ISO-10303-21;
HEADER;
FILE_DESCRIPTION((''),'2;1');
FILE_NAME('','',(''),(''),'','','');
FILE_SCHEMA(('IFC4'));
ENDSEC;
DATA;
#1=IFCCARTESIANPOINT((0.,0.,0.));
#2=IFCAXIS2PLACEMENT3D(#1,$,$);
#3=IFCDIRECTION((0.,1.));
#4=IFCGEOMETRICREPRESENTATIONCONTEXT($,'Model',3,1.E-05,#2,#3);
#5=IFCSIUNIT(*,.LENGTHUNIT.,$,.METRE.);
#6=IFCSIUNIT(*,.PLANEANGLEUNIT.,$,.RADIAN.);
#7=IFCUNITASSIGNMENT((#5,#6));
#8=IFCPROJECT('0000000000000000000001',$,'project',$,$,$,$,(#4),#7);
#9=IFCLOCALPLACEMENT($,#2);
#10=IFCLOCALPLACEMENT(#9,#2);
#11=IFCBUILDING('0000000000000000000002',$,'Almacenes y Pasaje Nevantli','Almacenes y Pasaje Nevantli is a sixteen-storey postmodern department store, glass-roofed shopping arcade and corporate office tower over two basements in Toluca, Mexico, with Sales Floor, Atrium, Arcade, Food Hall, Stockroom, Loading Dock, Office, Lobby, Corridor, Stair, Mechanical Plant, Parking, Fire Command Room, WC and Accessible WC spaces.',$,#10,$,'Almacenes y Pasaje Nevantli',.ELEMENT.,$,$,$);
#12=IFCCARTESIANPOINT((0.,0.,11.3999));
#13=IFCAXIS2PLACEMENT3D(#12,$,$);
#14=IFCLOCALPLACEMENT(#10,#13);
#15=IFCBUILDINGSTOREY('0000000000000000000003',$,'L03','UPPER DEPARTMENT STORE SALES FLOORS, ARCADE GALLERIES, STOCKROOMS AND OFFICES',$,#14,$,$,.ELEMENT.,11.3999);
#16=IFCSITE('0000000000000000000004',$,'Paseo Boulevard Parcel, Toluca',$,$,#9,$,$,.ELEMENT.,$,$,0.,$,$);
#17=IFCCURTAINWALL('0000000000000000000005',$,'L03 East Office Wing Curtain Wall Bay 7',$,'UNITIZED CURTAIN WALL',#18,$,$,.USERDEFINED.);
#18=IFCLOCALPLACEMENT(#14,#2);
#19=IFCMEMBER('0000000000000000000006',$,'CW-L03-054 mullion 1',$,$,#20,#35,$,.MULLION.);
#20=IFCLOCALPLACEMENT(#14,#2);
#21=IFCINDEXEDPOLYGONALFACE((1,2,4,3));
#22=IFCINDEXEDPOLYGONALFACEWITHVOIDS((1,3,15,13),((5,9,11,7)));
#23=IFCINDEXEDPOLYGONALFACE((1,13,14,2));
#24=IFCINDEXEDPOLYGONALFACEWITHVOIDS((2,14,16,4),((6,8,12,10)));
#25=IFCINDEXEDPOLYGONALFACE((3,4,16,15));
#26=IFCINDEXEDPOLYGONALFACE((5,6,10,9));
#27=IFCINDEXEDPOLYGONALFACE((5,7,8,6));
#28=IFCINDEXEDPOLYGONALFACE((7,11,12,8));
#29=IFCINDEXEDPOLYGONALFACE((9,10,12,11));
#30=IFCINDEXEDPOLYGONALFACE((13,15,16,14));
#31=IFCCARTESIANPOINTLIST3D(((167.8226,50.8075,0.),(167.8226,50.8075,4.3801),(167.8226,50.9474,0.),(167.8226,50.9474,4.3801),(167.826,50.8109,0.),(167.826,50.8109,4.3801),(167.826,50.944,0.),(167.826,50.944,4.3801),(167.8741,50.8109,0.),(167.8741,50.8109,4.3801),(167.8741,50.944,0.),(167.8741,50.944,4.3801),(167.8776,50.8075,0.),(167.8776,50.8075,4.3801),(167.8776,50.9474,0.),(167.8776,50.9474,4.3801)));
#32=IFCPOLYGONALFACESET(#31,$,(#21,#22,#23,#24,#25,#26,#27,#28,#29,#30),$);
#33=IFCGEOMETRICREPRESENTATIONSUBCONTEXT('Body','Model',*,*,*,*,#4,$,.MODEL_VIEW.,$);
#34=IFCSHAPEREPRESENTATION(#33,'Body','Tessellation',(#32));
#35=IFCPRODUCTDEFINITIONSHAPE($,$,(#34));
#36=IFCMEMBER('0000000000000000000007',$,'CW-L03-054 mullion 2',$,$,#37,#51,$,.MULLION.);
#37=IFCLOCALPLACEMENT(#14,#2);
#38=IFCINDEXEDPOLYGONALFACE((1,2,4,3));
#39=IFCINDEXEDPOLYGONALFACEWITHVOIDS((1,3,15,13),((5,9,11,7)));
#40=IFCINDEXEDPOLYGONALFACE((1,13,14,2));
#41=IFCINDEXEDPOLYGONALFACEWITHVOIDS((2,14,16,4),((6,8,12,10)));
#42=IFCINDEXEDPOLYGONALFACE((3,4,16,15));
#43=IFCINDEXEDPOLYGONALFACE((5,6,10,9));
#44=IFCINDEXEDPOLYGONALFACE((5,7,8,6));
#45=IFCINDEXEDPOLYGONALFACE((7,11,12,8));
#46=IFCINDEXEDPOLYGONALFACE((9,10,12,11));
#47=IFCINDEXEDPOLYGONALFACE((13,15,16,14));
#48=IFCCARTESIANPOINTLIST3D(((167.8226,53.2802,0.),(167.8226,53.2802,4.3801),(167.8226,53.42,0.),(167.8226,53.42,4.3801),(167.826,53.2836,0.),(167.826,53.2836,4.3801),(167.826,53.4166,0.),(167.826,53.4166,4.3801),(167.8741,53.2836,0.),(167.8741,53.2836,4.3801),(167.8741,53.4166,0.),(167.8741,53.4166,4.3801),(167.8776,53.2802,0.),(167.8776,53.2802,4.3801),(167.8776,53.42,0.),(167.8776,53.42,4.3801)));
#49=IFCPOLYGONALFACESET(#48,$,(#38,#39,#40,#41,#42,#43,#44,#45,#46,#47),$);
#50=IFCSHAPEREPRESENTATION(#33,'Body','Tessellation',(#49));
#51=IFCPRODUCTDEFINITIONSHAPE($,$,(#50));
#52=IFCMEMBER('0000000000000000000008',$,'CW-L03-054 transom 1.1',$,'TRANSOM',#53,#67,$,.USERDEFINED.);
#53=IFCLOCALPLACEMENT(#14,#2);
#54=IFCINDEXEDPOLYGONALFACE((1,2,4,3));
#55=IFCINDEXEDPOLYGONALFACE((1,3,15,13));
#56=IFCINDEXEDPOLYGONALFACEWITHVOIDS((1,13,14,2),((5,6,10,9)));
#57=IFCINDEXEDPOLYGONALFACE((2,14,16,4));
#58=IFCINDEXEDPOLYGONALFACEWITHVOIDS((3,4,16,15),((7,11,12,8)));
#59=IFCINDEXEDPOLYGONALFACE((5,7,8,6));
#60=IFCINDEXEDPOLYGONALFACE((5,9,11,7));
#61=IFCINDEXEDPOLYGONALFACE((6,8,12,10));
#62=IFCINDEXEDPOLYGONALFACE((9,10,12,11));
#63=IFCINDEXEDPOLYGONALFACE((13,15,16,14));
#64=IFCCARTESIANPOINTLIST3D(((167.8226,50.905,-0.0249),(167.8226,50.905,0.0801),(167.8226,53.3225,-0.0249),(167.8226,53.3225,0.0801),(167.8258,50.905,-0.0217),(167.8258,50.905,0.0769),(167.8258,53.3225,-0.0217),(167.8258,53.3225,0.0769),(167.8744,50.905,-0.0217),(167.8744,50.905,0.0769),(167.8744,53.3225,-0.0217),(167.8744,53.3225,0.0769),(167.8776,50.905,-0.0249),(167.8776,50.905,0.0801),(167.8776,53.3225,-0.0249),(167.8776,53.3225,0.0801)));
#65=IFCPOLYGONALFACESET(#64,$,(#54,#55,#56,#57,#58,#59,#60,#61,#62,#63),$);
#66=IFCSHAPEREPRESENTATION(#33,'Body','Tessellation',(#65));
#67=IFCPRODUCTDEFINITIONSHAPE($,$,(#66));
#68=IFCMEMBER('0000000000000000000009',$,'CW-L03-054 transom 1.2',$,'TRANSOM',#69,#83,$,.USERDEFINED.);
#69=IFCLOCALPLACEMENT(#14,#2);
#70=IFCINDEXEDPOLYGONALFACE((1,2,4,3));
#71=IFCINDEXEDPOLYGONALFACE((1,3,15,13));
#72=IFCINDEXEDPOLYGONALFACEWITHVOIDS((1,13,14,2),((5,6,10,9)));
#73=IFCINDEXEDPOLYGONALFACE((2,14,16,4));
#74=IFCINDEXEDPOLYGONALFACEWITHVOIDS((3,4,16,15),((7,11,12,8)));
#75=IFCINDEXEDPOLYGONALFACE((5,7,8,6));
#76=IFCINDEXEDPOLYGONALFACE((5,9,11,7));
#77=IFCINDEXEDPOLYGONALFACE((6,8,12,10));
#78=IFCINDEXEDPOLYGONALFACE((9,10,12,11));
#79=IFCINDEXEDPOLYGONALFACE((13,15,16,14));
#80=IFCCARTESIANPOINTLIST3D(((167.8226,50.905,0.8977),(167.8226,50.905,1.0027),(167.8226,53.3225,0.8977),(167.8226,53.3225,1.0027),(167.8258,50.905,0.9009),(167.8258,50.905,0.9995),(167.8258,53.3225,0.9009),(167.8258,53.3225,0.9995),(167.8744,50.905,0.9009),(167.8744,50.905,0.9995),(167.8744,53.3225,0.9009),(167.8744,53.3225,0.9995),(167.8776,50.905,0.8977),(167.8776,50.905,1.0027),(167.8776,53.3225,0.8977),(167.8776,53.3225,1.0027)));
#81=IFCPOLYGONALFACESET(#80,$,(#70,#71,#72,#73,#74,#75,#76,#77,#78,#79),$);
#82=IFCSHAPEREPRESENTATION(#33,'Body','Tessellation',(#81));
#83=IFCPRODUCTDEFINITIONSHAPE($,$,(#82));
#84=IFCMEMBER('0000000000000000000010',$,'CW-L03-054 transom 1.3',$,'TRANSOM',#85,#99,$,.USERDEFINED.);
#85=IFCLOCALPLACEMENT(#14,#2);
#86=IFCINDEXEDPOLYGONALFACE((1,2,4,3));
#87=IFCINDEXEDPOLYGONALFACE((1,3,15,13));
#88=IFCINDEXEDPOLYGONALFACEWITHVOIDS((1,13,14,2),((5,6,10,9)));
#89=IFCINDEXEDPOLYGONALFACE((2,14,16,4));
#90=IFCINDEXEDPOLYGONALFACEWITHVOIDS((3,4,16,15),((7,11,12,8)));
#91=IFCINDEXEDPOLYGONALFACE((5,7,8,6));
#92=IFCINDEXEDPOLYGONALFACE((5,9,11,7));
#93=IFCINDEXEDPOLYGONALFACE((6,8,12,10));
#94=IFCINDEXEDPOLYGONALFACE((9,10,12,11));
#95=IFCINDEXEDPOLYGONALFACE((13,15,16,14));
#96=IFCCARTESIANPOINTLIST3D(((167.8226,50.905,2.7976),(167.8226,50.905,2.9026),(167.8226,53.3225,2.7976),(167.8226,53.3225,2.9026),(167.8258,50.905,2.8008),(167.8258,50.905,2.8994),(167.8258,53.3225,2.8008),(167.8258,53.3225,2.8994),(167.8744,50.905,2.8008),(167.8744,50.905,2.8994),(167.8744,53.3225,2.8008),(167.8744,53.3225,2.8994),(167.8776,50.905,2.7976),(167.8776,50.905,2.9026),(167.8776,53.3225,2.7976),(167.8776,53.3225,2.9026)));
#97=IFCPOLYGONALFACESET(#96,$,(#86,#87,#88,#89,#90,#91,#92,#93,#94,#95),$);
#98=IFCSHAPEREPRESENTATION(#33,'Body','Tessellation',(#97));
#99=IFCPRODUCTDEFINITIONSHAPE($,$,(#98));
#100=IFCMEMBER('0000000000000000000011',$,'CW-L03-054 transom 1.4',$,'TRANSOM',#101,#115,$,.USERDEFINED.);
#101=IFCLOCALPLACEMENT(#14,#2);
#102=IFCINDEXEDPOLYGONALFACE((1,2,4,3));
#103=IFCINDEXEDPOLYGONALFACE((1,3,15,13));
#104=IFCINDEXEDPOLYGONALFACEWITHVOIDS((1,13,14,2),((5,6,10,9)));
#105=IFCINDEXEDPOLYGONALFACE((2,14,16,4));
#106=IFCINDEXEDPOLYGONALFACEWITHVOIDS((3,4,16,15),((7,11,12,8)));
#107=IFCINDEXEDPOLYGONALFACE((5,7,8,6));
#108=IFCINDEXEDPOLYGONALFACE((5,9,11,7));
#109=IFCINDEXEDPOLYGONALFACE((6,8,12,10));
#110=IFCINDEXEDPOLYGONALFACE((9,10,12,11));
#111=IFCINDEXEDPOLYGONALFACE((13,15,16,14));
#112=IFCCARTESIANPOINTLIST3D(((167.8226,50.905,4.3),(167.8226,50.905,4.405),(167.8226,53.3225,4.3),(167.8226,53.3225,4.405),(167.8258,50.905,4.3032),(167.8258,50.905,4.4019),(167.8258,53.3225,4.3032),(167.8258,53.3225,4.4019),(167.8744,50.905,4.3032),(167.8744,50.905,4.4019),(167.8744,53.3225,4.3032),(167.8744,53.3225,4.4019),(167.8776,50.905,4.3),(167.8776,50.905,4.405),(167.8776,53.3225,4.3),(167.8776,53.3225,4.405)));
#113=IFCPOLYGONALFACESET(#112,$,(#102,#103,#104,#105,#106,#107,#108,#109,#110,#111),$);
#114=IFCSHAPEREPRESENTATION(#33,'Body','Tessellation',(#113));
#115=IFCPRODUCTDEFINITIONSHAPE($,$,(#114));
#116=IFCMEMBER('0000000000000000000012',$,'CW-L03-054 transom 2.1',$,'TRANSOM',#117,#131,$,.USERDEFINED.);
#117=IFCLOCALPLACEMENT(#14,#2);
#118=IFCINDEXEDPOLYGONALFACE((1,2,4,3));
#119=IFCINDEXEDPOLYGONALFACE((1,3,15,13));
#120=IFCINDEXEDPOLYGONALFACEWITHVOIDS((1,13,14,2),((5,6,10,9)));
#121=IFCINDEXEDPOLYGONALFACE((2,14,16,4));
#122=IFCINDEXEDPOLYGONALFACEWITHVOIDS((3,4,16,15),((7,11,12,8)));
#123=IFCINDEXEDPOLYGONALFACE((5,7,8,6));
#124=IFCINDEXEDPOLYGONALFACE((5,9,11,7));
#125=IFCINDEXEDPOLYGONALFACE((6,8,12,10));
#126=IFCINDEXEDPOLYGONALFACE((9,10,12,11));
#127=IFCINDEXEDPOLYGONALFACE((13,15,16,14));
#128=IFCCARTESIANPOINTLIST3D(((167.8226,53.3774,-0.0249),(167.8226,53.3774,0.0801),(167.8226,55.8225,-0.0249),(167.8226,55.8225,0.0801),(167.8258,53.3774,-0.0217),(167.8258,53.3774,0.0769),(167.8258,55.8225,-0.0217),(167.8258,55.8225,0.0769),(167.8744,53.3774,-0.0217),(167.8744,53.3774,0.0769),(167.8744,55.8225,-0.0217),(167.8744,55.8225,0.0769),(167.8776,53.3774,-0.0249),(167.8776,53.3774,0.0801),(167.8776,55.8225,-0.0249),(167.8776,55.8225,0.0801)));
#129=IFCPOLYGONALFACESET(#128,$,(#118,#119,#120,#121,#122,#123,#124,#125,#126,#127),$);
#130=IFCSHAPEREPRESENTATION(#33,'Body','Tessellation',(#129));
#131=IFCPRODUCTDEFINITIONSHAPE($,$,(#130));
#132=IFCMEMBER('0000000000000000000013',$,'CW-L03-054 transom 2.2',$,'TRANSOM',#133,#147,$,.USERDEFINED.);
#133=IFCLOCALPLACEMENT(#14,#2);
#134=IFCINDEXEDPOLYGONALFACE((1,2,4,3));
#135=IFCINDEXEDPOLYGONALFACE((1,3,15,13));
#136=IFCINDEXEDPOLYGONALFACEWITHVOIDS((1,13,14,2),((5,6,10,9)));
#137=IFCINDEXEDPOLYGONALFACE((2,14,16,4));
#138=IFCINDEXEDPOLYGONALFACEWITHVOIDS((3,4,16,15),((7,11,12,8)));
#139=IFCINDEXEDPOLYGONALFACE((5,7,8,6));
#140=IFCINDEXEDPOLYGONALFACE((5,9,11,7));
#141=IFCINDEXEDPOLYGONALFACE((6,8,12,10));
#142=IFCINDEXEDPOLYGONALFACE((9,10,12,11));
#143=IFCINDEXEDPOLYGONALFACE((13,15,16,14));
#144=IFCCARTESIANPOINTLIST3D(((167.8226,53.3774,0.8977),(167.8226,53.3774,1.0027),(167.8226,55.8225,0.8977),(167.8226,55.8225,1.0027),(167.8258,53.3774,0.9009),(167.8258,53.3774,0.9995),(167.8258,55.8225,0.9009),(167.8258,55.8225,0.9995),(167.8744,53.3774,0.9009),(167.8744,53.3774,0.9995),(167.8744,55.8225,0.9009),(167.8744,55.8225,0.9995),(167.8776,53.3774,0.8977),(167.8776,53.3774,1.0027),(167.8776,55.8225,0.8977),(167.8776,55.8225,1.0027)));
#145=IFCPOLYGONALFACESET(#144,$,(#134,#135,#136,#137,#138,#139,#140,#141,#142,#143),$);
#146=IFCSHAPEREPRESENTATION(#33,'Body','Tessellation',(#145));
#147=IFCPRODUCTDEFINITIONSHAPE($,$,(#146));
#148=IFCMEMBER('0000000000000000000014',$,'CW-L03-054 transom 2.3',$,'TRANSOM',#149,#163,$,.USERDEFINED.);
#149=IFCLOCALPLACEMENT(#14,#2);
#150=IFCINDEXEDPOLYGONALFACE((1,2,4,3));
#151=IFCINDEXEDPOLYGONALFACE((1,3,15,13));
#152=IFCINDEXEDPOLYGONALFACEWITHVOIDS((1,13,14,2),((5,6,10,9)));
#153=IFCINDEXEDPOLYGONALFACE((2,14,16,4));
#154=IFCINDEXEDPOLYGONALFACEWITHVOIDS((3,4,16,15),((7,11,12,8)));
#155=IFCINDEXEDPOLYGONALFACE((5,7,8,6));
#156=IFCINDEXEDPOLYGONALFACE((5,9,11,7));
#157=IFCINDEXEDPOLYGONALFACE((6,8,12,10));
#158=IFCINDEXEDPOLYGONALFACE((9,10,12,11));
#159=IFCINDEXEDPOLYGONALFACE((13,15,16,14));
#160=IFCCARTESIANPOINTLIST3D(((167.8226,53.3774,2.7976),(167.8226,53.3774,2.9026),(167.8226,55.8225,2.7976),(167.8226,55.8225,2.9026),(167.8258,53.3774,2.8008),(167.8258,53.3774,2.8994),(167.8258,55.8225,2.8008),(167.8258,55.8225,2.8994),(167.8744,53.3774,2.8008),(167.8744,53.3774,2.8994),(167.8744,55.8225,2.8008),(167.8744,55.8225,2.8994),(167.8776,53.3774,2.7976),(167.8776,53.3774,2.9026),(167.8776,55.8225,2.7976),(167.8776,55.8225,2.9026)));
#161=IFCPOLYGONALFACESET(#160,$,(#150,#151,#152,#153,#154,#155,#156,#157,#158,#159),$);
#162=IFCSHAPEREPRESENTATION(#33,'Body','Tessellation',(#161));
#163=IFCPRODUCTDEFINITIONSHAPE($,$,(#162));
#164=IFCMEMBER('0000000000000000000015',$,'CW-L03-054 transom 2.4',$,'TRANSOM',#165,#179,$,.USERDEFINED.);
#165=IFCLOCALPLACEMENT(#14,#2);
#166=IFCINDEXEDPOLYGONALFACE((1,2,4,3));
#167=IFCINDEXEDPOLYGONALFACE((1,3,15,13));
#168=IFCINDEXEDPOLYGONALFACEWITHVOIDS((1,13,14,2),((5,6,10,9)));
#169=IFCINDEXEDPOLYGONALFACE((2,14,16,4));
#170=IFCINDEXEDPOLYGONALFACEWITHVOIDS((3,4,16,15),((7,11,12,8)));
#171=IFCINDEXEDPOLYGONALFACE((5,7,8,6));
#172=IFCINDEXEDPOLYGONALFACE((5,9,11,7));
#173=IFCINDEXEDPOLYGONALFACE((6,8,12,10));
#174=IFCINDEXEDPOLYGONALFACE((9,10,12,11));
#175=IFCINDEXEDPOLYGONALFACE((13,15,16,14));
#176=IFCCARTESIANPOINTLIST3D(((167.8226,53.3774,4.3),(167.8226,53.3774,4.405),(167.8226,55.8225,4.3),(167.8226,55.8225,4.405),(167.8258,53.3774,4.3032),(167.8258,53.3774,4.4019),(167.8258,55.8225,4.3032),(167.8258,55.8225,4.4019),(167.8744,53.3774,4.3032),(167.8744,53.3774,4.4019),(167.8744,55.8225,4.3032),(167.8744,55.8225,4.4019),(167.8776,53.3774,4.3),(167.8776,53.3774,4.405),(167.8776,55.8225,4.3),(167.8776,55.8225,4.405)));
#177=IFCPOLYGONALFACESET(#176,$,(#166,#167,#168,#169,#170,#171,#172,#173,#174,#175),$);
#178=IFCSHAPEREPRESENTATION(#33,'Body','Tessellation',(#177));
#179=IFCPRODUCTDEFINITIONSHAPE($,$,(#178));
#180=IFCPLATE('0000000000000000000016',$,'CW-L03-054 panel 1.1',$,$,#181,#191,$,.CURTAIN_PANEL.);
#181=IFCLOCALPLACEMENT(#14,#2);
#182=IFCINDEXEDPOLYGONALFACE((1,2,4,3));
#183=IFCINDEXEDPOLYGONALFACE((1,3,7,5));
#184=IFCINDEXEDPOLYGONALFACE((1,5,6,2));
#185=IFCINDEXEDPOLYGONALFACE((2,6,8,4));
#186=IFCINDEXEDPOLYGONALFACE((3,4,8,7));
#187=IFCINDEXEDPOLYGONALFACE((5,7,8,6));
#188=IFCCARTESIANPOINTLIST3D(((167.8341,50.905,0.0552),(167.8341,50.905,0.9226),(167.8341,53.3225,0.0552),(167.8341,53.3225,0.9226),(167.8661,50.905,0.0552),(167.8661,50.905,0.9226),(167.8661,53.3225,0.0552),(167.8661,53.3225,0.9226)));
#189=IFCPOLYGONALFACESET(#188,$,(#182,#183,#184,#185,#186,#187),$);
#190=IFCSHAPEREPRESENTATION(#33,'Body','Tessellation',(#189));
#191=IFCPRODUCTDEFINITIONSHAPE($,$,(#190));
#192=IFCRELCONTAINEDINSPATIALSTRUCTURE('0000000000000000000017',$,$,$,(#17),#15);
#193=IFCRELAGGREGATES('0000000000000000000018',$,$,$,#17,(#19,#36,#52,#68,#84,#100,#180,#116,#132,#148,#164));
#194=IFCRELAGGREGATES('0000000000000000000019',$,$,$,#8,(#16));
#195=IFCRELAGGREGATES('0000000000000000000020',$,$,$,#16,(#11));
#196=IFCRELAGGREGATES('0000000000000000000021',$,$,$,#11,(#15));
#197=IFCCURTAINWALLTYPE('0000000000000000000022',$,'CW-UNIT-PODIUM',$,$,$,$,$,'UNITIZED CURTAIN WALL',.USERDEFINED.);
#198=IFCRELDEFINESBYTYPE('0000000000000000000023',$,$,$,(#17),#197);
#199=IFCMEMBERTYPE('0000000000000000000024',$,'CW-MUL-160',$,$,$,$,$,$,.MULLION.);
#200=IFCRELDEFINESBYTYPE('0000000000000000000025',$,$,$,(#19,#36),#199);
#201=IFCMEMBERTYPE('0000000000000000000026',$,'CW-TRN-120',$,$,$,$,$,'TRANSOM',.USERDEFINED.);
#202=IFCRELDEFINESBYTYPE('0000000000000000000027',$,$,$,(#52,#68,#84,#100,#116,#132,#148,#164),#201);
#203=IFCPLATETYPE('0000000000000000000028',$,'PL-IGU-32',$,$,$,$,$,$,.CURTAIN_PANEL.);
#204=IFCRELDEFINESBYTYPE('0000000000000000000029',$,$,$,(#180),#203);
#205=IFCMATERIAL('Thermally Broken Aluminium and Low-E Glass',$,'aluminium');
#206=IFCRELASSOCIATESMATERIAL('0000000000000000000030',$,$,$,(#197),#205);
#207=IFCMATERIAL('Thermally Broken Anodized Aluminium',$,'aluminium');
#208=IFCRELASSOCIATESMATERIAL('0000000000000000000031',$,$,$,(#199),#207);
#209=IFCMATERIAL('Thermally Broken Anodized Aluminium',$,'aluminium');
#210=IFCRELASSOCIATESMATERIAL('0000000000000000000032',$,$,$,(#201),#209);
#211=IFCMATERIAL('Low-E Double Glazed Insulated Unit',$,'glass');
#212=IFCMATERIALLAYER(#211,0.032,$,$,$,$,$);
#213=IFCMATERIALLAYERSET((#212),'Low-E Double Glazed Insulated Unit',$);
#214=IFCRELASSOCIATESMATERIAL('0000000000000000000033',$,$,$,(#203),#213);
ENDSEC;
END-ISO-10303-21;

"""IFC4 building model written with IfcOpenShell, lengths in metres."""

from ifc_helpers import new_model, si_unit, direction, frame, origin, origin_2d, place, context, subcontext, project, spatial, rectangle, hollow_rectangle, extrude, material, layer, layer_set, material_profile, profile_set, type_object, element, aggregate, save


model = new_model("IFC4")

# Units and contexts
model_context = context("Model", 3, precision=1e-05, world=origin(), true_north=direction((0.0, 1.0)))
body_context = subcontext(model_context, "Body", "Model", "MODEL_VIEW")
ifc_project = project(units=[si_unit("LENGTHUNIT", "METRE"), si_unit("PLANEANGLEUNIT", "RADIAN")], contexts=[model_context])

# Site, building, storey
site_placement = place(None, origin())
site = spatial("IfcSite", under=ifc_project, at=site_placement, Name="Paseo Boulevard Parcel, Toluca", CompositionType="ELEMENT", RefElevation=0.0)
building_placement = place(site_placement, origin())
building = spatial("IfcBuilding", under=site, at=building_placement, Name="Almacenes y Pasaje Nevantli", Description="Almacenes y Pasaje Nevantli is a sixteen-storey postmodern department store, glass-roofed shopping arcade and corporate office tower over two basements in Toluca, Mexico, with Sales Floor, Atrium, Arcade, Food Hall, Stockroom, Loading Dock, Office, Lobby, Corridor, Stair, Mechanical Plant, Parking, Fire Command Room, WC and Accessible WC spaces.", LongName="Almacenes y Pasaje Nevantli", CompositionType="ELEMENT")
storey_placement = place(building_placement, frame((0.0, 0.0, 11.3999)))
storey = spatial("IfcBuildingStorey", under=building, at=storey_placement, Name="L03", Description="UPPER DEPARTMENT STORE SALES FLOORS, ARCADE GALLERIES, STOCKROOMS AND OFFICES", CompositionType="ELEMENT", Elevation=11.3999)

# Curtain wall, members, plate
ifc_material_1 = material(Name="Thermally Broken Aluminium and Low-E Glass", Category="aluminium")
curtain_wall_type = type_object("IfcCurtainWallType", Name="CW-UNIT-PODIUM", ElementType="UNITIZED CURTAIN WALL", PredefinedType="USERDEFINED", material=ifc_material_1)
curtain_wall_placement = place(storey_placement, origin())
curtain_wall = element("IfcCurtainWall", 1, at=curtain_wall_placement, inside=storey, type_object=curtain_wall_type, Name="L03 East Office Wing Curtain Wall Bay 7", ObjectType="UNITIZED CURTAIN WALL", PredefinedType="USERDEFINED")
ifc_material_2 = material(Name="Thermally Broken Anodized Aluminium", Category="aluminium")
ifc_material_profile_1 = material_profile(ifc_material_2, hollow_rectangle(XDim=0.0549, YDim=0.1399, WallThickness=0.0034, at=origin_2d()), Name="ALU-MUL-55x140")
ifc_profile_set_1 = profile_set([ifc_material_profile_1], Name="Thermally Broken Anodized Aluminium")
member_type_1 = type_object("IfcMemberType", Name="CW-MUL-160", PredefinedType="MULLION", material=ifc_profile_set_1)
member_1_placement = place(storey_placement, frame((167.8501, 50.8774, 0.0), z_axis=(0.0, 0.0, 1.0), x_axis=(-1.0, 0.0, 0.0)))
member_1 = element("IfcMember", 2, at=member_1_placement, type_object=member_type_1, Name="CW-L03-054 mullion 1", PredefinedType="MULLION", context=body_context, shape_type="SweptSolid", body=[
    extrude(hollow_rectangle(XDim=0.0549, YDim=0.1399, WallThickness=0.0034, at=origin_2d()), origin(), (0.0, 0.0, 1.0), 4.3801),
])
member_2_placement = place(storey_placement, frame((167.8501, 53.3501, 0.0), z_axis=(0.0, 0.0, 1.0), x_axis=(-1.0, 0.0, 0.0)))
member_2 = element("IfcMember", 3, at=member_2_placement, type_object=member_type_1, Name="CW-L03-054 mullion 2", PredefinedType="MULLION", context=body_context, shape_type="SweptSolid", body=[
    extrude(hollow_rectangle(XDim=0.0549, YDim=0.1399, WallThickness=0.0034, at=origin_2d()), origin(), (0.0, 0.0, 1.0), 4.3801),
])
ifc_material_3 = material(Name="Thermally Broken Anodized Aluminium", Category="aluminium")
ifc_material_profile_2 = material_profile(ifc_material_3, hollow_rectangle(XDim=0.0549, YDim=0.105, WallThickness=0.0032, at=origin_2d()), Name="ALU-TRN-55x105")
ifc_profile_set_2 = profile_set([ifc_material_profile_2], Name="Thermally Broken Anodized Aluminium")
member_type_2 = type_object("IfcMemberType", Name="CW-TRN-120", ElementType="TRANSOM", PredefinedType="USERDEFINED", material=ifc_profile_set_2)
member_3_placement = place(storey_placement, frame((167.8501, 50.905, 0.0276), z_axis=(0.0, 1.0, 0.0), x_axis=(-1.0, 0.0, 0.0)))
member_3 = element("IfcMember", 4, at=member_3_placement, type_object=member_type_2, Name="CW-L03-054 transom 1.1", ObjectType="TRANSOM", PredefinedType="USERDEFINED", context=body_context, shape_type="SweptSolid", body=[
    extrude(hollow_rectangle(XDim=0.0549, YDim=0.105, WallThickness=0.0032, at=origin_2d()), origin(), (0.0, 0.0, 1.0), 2.4175),
])
member_4_placement = place(storey_placement, frame((167.8501, 50.905, 0.9502), z_axis=(0.0, 1.0, 0.0), x_axis=(-1.0, 0.0, 0.0)))
member_4 = element("IfcMember", 5, at=member_4_placement, type_object=member_type_2, Name="CW-L03-054 transom 1.2", ObjectType="TRANSOM", PredefinedType="USERDEFINED", context=body_context, shape_type="SweptSolid", body=[
    extrude(hollow_rectangle(XDim=0.0549, YDim=0.105, WallThickness=0.0032, at=origin_2d()), origin(), (0.0, 0.0, 1.0), 2.4175),
])
member_5_placement = place(storey_placement, frame((167.8501, 50.905, 2.8501), z_axis=(0.0, 1.0, 0.0), x_axis=(-1.0, 0.0, 0.0)))
member_5 = element("IfcMember", 6, at=member_5_placement, type_object=member_type_2, Name="CW-L03-054 transom 1.3", ObjectType="TRANSOM", PredefinedType="USERDEFINED", context=body_context, shape_type="SweptSolid", body=[
    extrude(hollow_rectangle(XDim=0.0549, YDim=0.105, WallThickness=0.0032, at=origin_2d()), origin(), (0.0, 0.0, 1.0), 2.4175),
])
member_6_placement = place(storey_placement, frame((167.8501, 50.905, 4.3525), z_axis=(0.0, 1.0, 0.0), x_axis=(-1.0, 0.0, 0.0)))
member_6 = element("IfcMember", 7, at=member_6_placement, type_object=member_type_2, Name="CW-L03-054 transom 1.4", ObjectType="TRANSOM", PredefinedType="USERDEFINED", context=body_context, shape_type="SweptSolid", body=[
    extrude(hollow_rectangle(XDim=0.0549, YDim=0.105, WallThickness=0.0032, at=origin_2d()), origin(), (0.0, 0.0, 1.0), 2.4175),
])
member_7_placement = place(storey_placement, frame((167.8501, 53.3774, 0.0276), z_axis=(0.0, 1.0, 0.0), x_axis=(-1.0, 0.0, 0.0)))
member_7 = element("IfcMember", 8, at=member_7_placement, type_object=member_type_2, Name="CW-L03-054 transom 2.1", ObjectType="TRANSOM", PredefinedType="USERDEFINED", context=body_context, shape_type="SweptSolid", body=[
    extrude(hollow_rectangle(XDim=0.0549, YDim=0.105, WallThickness=0.0032, at=origin_2d()), origin(), (0.0, 0.0, 1.0), 2.4451),
])
member_8_placement = place(storey_placement, frame((167.8501, 53.3774, 0.9502), z_axis=(0.0, 1.0, 0.0), x_axis=(-1.0, 0.0, 0.0)))
member_8 = element("IfcMember", 9, at=member_8_placement, type_object=member_type_2, Name="CW-L03-054 transom 2.2", ObjectType="TRANSOM", PredefinedType="USERDEFINED", context=body_context, shape_type="SweptSolid", body=[
    extrude(hollow_rectangle(XDim=0.0549, YDim=0.105, WallThickness=0.0032, at=origin_2d()), origin(), (0.0, 0.0, 1.0), 2.4451),
])
member_9_placement = place(storey_placement, frame((167.8501, 53.3774, 2.8501), z_axis=(0.0, 1.0, 0.0), x_axis=(-1.0, 0.0, 0.0)))
member_9 = element("IfcMember", 10, at=member_9_placement, type_object=member_type_2, Name="CW-L03-054 transom 2.3", ObjectType="TRANSOM", PredefinedType="USERDEFINED", context=body_context, shape_type="SweptSolid", body=[
    extrude(hollow_rectangle(XDim=0.0549, YDim=0.105, WallThickness=0.0032, at=origin_2d()), origin(), (0.0, 0.0, 1.0), 2.4451),
])
member_10_placement = place(storey_placement, frame((167.8501, 53.3774, 4.3525), z_axis=(0.0, 1.0, 0.0), x_axis=(-1.0, 0.0, 0.0)))
member_10 = element("IfcMember", 11, at=member_10_placement, type_object=member_type_2, Name="CW-L03-054 transom 2.4", ObjectType="TRANSOM", PredefinedType="USERDEFINED", context=body_context, shape_type="SweptSolid", body=[
    extrude(hollow_rectangle(XDim=0.0549, YDim=0.105, WallThickness=0.0032, at=origin_2d()), origin(), (0.0, 0.0, 1.0), 2.4451),
])
ifc_material_4 = material(Name="Low-E Double Glazed Insulated Unit", Category="glass")
ifc_layer_1 = layer(ifc_material_4, 0.032)
ifc_layer_set_1 = layer_set([ifc_layer_1], Name="Low-E Double Glazed Insulated Unit")
plate_type = type_object("IfcPlateType", Name="PL-IGU-32", PredefinedType="CURTAIN_PANEL", material=ifc_layer_set_1)
plate_1_placement = place(storey_placement, frame((167.8501, 52.1138, 0.0552), z_axis=(0.0, 0.0, 1.0), x_axis=(0.0, 1.0, 0.0)))
plate_1 = element("IfcPlate", 12, at=plate_1_placement, type_object=plate_type, Name="CW-L03-054 panel 1.1", PredefinedType="CURTAIN_PANEL", context=body_context, shape_type="SweptSolid", body=[
    extrude(rectangle(XDim=2.4175, YDim=0.032, at=origin_2d()), origin(), (0.0, 0.0, 1.0), 0.8674),
])
aggregate(curtain_wall, [member_1, member_2, member_3, member_4, member_5, member_6, plate_1, member_7, member_8, member_9, member_10])

save(model, "model.ifc")
